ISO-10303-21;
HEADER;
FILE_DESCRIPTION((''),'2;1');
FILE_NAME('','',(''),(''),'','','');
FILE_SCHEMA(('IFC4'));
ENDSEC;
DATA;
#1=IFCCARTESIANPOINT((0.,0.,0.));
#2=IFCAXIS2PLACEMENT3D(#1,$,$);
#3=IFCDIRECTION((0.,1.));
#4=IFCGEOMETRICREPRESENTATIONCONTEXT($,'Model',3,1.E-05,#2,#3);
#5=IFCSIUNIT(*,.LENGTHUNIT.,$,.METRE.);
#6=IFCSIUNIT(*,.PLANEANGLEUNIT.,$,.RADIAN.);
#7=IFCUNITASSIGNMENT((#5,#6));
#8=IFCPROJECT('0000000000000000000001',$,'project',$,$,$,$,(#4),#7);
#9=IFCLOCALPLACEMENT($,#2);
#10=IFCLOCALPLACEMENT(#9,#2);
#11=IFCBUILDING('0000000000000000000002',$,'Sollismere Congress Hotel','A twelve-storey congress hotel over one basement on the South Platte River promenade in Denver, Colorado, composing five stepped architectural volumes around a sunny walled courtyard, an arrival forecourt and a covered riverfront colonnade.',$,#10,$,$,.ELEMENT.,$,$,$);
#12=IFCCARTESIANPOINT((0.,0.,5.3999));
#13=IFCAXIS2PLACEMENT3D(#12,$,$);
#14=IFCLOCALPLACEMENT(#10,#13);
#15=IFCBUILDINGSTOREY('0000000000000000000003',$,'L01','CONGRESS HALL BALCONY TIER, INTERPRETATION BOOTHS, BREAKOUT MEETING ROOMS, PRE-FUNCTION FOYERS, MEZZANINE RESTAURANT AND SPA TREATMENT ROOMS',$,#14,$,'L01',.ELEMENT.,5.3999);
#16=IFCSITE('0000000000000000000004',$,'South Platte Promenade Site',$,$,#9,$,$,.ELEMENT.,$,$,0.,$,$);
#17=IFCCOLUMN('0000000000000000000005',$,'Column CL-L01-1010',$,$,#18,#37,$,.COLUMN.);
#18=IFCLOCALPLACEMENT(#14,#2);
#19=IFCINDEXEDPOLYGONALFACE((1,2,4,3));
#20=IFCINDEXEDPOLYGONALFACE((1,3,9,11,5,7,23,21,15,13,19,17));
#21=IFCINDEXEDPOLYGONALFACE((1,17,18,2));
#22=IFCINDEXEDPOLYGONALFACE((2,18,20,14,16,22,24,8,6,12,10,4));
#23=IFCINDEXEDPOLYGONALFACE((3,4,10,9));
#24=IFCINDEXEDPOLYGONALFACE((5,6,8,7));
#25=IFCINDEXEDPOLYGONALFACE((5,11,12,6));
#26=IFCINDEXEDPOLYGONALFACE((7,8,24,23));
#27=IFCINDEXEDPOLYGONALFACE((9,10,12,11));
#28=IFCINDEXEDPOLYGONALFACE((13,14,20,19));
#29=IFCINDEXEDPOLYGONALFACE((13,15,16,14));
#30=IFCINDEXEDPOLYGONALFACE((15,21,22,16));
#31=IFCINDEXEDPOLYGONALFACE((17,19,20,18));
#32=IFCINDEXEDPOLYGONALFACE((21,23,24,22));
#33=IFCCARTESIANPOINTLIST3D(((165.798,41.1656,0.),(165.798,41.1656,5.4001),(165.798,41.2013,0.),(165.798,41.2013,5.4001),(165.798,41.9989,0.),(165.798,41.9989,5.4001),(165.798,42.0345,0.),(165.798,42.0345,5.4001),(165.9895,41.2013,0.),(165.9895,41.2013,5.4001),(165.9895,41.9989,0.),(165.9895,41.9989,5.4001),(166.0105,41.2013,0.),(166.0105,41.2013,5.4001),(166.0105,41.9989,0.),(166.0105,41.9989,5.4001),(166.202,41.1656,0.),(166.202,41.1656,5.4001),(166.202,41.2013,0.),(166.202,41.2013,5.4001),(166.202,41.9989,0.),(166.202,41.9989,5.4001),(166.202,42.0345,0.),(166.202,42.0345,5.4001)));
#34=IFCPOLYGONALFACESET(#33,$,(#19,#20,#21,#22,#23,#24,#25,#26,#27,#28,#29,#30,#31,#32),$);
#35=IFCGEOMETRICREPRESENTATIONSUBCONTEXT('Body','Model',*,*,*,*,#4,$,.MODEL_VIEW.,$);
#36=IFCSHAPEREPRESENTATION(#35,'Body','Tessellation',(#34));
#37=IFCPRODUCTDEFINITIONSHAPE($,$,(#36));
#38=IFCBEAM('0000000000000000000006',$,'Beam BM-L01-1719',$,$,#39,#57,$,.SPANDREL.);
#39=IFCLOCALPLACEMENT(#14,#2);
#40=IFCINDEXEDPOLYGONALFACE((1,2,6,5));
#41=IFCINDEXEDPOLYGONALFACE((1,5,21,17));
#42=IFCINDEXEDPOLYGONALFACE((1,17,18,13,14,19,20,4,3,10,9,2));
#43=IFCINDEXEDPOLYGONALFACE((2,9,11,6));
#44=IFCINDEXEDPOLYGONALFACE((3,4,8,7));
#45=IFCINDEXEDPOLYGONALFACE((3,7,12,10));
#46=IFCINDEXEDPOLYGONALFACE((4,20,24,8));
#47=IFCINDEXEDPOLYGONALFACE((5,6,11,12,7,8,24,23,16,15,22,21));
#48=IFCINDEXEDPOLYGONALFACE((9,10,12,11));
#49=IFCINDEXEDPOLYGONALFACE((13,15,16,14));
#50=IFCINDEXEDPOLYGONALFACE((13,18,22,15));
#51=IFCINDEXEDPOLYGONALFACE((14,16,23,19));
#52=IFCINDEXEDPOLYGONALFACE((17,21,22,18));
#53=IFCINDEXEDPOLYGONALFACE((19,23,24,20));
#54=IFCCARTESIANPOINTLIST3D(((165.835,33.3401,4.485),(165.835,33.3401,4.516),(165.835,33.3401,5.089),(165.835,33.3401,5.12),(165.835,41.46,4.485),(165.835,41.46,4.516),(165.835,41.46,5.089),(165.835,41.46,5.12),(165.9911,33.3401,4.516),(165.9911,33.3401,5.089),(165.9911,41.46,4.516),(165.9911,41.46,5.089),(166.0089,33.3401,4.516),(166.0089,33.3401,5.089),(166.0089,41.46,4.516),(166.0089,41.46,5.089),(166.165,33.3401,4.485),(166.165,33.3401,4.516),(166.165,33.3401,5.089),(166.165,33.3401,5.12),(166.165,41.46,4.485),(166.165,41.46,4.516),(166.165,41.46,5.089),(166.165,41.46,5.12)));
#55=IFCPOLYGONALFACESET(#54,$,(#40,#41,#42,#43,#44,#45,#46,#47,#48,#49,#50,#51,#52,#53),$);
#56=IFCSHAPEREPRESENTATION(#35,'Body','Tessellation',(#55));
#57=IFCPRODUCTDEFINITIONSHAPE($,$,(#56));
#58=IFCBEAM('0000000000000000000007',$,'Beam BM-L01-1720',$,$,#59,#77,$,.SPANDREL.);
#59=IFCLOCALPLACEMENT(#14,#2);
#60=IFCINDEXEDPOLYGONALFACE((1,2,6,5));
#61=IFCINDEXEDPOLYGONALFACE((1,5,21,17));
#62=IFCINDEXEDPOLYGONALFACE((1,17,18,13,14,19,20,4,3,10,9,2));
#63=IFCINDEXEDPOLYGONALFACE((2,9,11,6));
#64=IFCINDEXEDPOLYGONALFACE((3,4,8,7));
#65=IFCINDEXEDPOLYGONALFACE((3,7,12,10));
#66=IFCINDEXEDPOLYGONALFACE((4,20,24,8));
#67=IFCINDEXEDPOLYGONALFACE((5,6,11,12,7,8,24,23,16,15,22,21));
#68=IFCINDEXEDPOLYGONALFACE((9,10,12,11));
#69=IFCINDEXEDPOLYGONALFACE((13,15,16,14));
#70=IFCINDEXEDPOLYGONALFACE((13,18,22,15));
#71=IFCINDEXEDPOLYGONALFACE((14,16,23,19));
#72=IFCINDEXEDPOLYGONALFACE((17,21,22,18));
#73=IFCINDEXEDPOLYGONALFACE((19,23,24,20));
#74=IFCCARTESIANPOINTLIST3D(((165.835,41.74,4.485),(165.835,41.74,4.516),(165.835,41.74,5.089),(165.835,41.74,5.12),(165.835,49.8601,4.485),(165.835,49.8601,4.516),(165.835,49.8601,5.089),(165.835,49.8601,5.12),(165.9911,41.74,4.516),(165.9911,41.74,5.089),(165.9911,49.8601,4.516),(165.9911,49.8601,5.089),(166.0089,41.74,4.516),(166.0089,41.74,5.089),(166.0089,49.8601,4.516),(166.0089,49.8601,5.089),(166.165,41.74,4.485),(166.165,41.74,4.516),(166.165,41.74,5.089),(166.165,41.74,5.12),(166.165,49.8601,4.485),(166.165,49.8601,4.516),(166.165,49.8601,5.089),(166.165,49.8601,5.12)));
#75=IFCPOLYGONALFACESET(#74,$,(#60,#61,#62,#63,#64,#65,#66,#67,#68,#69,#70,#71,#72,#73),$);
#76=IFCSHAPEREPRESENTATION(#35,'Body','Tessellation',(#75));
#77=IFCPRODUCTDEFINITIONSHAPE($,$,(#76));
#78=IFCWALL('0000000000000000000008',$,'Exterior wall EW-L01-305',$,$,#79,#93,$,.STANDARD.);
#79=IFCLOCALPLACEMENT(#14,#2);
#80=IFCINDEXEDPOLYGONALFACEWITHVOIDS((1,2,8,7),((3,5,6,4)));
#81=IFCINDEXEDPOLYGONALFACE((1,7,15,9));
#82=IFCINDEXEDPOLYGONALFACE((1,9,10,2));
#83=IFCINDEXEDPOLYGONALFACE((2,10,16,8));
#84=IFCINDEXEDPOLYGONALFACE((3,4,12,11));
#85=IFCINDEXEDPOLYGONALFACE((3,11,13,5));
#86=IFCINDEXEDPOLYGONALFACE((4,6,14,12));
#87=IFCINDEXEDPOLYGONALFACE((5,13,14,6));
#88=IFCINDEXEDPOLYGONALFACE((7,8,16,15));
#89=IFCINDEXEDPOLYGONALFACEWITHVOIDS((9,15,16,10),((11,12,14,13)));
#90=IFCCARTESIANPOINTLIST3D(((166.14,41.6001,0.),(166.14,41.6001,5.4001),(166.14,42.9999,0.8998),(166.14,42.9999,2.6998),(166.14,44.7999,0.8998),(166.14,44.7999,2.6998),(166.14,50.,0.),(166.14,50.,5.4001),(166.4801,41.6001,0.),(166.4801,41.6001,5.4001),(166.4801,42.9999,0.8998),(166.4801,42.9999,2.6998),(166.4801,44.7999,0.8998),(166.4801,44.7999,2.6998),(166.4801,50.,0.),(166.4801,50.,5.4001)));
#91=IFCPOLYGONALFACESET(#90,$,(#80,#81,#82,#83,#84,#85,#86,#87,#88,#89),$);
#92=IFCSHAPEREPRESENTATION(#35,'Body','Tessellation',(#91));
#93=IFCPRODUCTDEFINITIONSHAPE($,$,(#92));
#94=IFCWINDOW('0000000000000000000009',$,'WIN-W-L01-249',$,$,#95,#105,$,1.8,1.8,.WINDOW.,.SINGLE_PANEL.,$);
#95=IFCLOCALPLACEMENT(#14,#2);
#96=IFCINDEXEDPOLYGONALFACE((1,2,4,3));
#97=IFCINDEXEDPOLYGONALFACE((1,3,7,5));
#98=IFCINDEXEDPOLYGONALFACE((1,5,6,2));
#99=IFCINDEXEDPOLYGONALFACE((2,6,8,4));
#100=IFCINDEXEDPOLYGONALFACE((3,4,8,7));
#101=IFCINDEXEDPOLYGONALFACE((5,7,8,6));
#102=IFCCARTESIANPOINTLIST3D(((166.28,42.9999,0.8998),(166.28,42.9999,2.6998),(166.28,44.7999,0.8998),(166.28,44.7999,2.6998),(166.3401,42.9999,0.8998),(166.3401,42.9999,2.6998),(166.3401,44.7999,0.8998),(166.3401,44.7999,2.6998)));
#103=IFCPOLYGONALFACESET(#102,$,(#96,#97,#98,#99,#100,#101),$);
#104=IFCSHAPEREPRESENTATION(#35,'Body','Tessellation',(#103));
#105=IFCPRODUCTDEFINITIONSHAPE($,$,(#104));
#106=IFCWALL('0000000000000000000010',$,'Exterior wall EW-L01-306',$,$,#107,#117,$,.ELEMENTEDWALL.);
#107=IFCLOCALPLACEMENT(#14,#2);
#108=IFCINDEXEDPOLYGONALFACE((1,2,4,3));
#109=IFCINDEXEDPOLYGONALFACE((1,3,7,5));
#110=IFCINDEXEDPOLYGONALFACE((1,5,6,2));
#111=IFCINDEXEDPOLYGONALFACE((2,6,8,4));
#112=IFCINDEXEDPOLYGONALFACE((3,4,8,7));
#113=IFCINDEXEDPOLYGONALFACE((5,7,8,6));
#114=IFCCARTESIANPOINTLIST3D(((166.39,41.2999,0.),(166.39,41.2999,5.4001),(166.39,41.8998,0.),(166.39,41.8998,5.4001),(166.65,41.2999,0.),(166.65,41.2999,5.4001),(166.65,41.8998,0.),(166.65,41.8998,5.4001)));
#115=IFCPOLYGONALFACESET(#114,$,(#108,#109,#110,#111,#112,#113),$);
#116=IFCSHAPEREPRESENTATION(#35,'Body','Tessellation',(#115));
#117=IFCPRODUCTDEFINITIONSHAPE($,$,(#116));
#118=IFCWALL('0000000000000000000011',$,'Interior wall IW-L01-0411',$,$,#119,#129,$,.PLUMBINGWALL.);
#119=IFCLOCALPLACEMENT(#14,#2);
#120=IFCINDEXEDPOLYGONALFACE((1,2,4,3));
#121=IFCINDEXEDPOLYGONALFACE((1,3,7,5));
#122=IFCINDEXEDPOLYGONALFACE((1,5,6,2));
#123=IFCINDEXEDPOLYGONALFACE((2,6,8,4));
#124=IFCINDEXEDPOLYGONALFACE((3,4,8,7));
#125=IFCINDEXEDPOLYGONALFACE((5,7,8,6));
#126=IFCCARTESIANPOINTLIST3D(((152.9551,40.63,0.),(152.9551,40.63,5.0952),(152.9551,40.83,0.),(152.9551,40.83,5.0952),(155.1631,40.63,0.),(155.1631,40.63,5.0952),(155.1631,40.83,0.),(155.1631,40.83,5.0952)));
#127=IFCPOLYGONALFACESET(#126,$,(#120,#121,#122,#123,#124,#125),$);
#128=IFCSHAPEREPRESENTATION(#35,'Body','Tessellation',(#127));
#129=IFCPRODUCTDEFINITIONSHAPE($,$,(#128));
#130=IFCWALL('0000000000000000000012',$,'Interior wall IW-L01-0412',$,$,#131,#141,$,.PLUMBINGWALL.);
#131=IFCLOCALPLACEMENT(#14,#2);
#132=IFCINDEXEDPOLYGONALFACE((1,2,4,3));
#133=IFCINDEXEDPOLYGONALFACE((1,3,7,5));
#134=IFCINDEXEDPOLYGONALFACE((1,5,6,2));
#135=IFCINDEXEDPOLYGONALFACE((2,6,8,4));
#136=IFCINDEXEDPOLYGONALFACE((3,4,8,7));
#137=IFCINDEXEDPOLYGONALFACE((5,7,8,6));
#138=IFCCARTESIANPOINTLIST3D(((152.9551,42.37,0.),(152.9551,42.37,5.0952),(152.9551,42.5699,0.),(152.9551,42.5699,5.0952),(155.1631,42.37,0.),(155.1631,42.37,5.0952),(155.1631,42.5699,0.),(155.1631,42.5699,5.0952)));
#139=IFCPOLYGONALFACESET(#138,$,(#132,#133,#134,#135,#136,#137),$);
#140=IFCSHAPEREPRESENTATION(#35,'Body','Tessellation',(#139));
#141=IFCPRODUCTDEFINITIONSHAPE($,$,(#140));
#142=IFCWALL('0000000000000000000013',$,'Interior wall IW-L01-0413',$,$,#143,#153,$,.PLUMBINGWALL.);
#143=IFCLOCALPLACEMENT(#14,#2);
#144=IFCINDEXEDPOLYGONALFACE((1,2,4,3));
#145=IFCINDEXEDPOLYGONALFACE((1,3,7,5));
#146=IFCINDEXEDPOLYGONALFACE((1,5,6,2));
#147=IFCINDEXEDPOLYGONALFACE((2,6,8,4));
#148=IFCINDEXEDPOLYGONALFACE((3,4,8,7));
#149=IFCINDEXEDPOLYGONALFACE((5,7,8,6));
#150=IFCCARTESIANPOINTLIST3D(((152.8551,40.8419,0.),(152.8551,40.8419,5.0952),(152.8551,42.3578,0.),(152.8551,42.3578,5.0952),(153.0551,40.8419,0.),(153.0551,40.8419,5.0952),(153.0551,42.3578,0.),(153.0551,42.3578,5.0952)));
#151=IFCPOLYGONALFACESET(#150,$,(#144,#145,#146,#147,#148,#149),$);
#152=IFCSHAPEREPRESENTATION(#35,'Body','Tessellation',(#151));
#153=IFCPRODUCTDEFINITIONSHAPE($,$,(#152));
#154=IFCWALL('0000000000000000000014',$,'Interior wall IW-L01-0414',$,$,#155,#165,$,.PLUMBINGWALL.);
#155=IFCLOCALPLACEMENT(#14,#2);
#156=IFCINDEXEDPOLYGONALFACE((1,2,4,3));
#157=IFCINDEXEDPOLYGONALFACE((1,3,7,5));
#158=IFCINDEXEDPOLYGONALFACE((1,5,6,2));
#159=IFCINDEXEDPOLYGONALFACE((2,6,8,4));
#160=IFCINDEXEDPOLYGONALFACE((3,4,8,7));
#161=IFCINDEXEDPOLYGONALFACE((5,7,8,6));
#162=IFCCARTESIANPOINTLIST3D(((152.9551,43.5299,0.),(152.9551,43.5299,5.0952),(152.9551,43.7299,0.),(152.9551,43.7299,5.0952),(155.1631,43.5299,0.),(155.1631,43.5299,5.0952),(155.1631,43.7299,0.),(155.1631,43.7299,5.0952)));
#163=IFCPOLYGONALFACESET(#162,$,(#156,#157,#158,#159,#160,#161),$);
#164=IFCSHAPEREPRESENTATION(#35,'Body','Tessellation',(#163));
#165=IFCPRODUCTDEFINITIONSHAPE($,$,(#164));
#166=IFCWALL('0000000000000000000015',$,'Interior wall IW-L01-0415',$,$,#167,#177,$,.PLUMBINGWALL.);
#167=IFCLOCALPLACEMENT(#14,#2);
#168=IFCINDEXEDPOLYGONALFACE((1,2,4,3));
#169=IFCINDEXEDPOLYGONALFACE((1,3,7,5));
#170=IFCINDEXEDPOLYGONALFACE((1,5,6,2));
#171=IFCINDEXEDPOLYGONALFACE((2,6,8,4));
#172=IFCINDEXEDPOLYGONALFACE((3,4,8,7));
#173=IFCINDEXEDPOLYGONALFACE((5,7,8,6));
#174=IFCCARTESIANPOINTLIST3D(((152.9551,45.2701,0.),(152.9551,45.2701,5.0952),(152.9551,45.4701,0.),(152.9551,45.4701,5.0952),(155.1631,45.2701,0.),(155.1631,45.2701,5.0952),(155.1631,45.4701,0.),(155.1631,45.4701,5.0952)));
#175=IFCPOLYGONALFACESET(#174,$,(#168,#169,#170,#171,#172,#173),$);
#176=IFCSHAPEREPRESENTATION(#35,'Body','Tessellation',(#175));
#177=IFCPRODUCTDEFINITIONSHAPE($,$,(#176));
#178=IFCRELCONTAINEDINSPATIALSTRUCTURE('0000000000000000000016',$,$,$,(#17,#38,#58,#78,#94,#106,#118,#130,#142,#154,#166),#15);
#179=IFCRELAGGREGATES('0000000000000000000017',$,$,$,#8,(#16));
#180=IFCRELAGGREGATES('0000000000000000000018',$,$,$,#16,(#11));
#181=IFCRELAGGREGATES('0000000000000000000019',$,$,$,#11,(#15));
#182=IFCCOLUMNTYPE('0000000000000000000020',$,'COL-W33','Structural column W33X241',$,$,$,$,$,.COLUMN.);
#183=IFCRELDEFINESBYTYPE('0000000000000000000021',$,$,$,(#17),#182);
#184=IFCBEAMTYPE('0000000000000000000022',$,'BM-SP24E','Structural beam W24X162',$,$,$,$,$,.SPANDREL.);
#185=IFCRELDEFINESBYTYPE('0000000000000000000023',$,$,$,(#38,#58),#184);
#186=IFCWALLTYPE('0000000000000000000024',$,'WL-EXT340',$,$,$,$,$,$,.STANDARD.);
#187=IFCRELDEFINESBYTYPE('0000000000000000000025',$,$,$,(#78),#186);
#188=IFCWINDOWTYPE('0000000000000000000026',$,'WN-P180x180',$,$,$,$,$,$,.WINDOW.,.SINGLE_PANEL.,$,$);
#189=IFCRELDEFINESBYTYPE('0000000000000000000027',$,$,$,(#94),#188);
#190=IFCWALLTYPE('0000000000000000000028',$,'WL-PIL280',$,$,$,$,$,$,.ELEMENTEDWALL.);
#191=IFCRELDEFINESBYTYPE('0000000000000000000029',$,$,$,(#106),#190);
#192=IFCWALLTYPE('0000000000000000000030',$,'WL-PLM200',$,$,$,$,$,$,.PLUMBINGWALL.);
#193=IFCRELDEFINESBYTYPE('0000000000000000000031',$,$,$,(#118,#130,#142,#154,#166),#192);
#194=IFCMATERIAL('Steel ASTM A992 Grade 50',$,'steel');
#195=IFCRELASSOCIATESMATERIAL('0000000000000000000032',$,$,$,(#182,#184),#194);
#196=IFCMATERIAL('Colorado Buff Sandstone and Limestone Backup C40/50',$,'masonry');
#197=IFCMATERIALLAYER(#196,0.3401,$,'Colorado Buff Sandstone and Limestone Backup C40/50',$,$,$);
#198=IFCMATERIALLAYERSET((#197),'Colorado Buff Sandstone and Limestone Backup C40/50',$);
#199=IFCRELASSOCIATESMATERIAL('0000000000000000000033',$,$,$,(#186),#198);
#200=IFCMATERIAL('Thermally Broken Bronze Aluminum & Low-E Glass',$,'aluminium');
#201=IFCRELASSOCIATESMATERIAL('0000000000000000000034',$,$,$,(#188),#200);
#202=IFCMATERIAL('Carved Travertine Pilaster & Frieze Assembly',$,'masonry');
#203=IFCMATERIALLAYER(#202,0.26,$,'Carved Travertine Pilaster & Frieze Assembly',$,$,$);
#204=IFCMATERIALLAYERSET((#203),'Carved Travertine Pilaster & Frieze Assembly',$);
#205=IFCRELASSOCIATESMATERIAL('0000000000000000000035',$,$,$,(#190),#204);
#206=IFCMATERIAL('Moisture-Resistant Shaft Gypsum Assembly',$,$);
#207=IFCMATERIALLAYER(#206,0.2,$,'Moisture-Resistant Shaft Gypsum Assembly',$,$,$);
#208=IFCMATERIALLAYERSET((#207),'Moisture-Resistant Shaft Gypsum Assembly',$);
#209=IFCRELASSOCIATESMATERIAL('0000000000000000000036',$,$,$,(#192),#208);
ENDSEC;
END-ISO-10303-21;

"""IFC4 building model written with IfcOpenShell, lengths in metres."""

from ifc_helpers import new_model, si_unit, direction, frame, frame_2d, origin, origin_2d, place, context, subcontext, project, spatial, rectangle, i_section, extrude, material, layer, layer_set, material_profile, profile_set, type_object, element, fill, save


model = new_model("IFC4")

# Units and contexts
model_context = context("Model", 3, precision=1e-05, world=origin(), true_north=direction((0.0, 1.0)))
body_context = subcontext(model_context, "Body", "Model", "MODEL_VIEW")
ifc_project = project(units=[si_unit("LENGTHUNIT", "METRE"), si_unit("PLANEANGLEUNIT", "RADIAN")], contexts=[model_context])

# Site, building, storey
site_placement = place(None, origin())
site = spatial("IfcSite", under=ifc_project, at=site_placement, Name="South Platte Promenade Site", CompositionType="ELEMENT", RefElevation=0.0)
building_placement = place(site_placement, origin())
building = spatial("IfcBuilding", under=site, at=building_placement, Name="Sollismere Congress Hotel", Description="A twelve-storey congress hotel over one basement on the South Platte River promenade in Denver, Colorado, composing five stepped architectural volumes around a sunny walled courtyard, an arrival forecourt and a covered riverfront colonnade.", CompositionType="ELEMENT")
storey_placement = place(building_placement, frame((0.0, 0.0, 5.3999)))
storey = spatial("IfcBuildingStorey", under=building, at=storey_placement, Name="L01", Description="CONGRESS HALL BALCONY TIER, INTERPRETATION BOOTHS, BREAKOUT MEETING ROOMS, PRE-FUNCTION FOYERS, MEZZANINE RESTAURANT AND SPA TREATMENT ROOMS", LongName="L01", CompositionType="ELEMENT", Elevation=5.3999)

# Column
ifc_material_1 = material(Name="Steel ASTM A992 Grade 50", Category="steel")
ifc_material_profile_1 = material_profile(ifc_material_1, i_section(OverallWidth=0.4041, OverallDepth=0.8689, WebThickness=0.021, FlangeThickness=0.0356, at=origin_2d()), Name="W33X241")
ifc_profile_set_1 = profile_set([ifc_material_profile_1], Name="Steel ASTM A992 Grade 50")
column_type = type_object("IfcColumnType", Name="COL-W33", Description="Structural column W33X241", PredefinedType="COLUMN", material=ifc_profile_set_1)
column_placement = place(storey_placement, frame((166.0, 41.6001, 0.0), z_axis=(0.0, 0.0, 1.0), x_axis=(1.0, 0.0, 0.0)))
element("IfcColumn", 1, at=column_placement, inside=storey, type_object=column_type, Name="Column CL-L01-1010", PredefinedType="COLUMN", context=body_context, shape_type="SweptSolid", body=[
    extrude(i_section(OverallWidth=0.4041, OverallDepth=0.8689, WebThickness=0.021, FlangeThickness=0.0356, at=origin_2d()), origin(), (0.0, 0.0, 1.0), 5.4001),
])

# Beams
ifc_material_profile_2 = material_profile(ifc_material_1, i_section(OverallWidth=0.3301, OverallDepth=0.635, WebThickness=0.0178, FlangeThickness=0.031, at=origin_2d()), Name="W24X162")
ifc_profile_set_2 = profile_set([ifc_material_profile_2], Name="Steel ASTM A992 Grade 50")
beam_type = type_object("IfcBeamType", Name="BM-SP24E", Description="Structural beam W24X162", PredefinedType="SPANDREL", material=ifc_profile_set_2)
beam_1_placement = place(storey_placement, frame((166.0, 33.3401, 4.8025), z_axis=(0.0, 1.0, 0.0), x_axis=(-1.0, 0.0, 0.0)))
element("IfcBeam", 2, at=beam_1_placement, inside=storey, type_object=beam_type, Name="Beam BM-L01-1719", PredefinedType="SPANDREL", context=body_context, shape_type="SweptSolid", body=[
    extrude(i_section(OverallWidth=0.3301, OverallDepth=0.635, WebThickness=0.0178, FlangeThickness=0.031, at=origin_2d()), origin(), (0.0, 0.0, 1.0), 8.1199),
])
beam_2_placement = place(storey_placement, frame((166.0, 41.74, 4.8025), z_axis=(0.0, 1.0, 0.0), x_axis=(-1.0, 0.0, 0.0)))
element("IfcBeam", 3, at=beam_2_placement, inside=storey, type_object=beam_type, Name="Beam BM-L01-1720", PredefinedType="SPANDREL", context=body_context, shape_type="SweptSolid", body=[
    extrude(i_section(OverallWidth=0.3301, OverallDepth=0.635, WebThickness=0.0178, FlangeThickness=0.031, at=origin_2d()), origin(), (0.0, 0.0, 1.0), 8.1201),
])

# Wall, opening, window
ifc_material_2 = material(Name="Colorado Buff Sandstone and Limestone Backup C40/50", Category="masonry")
ifc_layer_1 = layer(ifc_material_2, 0.3401, Name="Colorado Buff Sandstone and Limestone Backup C40/50")
ifc_layer_set_1 = layer_set([ifc_layer_1], Name="Colorado Buff Sandstone and Limestone Backup C40/50")
wall_type_1 = type_object("IfcWallType", Name="WL-EXT340", PredefinedType="STANDARD", material=ifc_layer_set_1)
wall_1_placement = place(storey_placement, frame((166.3101, 41.6001, 0.0), z_axis=(0.0, 0.0, 1.0), x_axis=(0.0, 1.0, 0.0)))
wall_1 = element("IfcWall", 4, at=wall_1_placement, inside=storey, type_object=wall_type_1, Name="Exterior wall EW-L01-305", PredefinedType="STANDARD", context=body_context, shape_type="SweptSolid", body=[
    extrude(rectangle(XDim=8.3999, YDim=0.3401, at=frame_2d((4.2, 0.0))), origin(), (0.0, 0.0, 1.0), 5.4001),
])
opening_1_placement = place(wall_1_placement, frame((1.3999, 0.0, 0.8999)))
opening_1 = element("IfcOpeningElement", 5, at=opening_1_placement, cuts=wall_1, PredefinedType="OPENING", context=body_context, shape_type="SweptSolid", body=[
    extrude(rectangle(XDim=1.8, YDim=1.8, at=frame_2d((0.8999, 0.8999))), frame((0.0, 0.1799, 0.0), z_axis=(0.0, -1.0, 0.0), x_axis=(1.0, 0.0, 0.0)), (0.0, 0.0, 1.0), 0.3601),
])
ifc_material_3 = material(Name="Thermally Broken Bronze Aluminum & Low-E Glass", Category="aluminium")
window_type = type_object("IfcWindowType", Name="WN-P180x180", PartitioningType="SINGLE_PANEL", PredefinedType="WINDOW", material=ifc_material_3)
window_placement = place(opening_1_placement, origin())
window = element("IfcWindow", 6, at=window_placement, inside=storey, type_object=window_type, Name="WIN-W-L01-249", OverallHeight=1.8, OverallWidth=1.8, PartitioningType="SINGLE_PANEL", PredefinedType="WINDOW", context=body_context, shape_type="SweptSolid", body=[
    extrude(rectangle(XDim=1.8, YDim=1.8, at=frame_2d((0.8999, 0.8999))), frame((0.0, 0.03, 0.0), z_axis=(0.0, -1.0, 0.0), x_axis=(1.0, 0.0, 0.0)), (0.0, 0.0, 1.0), 0.0601),
])
fill(opening_1, window)

# Walls
ifc_material_4 = material(Name="Carved Travertine Pilaster & Frieze Assembly", Category="masonry")
ifc_layer_2 = layer(ifc_material_4, 0.26, Name="Carved Travertine Pilaster & Frieze Assembly")
ifc_layer_set_2 = layer_set([ifc_layer_2], Name="Carved Travertine Pilaster & Frieze Assembly")
wall_type_2 = type_object("IfcWallType", Name="WL-PIL280", PredefinedType="ELEMENTEDWALL", material=ifc_layer_set_2)
wall_2_placement = place(storey_placement, frame((166.52, 41.3, 0.0), z_axis=(0.0, 0.0, 1.0), x_axis=(0.0, 1.0, 0.0)))
element("IfcWall", 7, at=wall_2_placement, inside=storey, type_object=wall_type_2, Name="Exterior wall EW-L01-306", PredefinedType="ELEMENTEDWALL", context=body_context, shape_type="SweptSolid", body=[
    extrude(rectangle(XDim=0.5999, YDim=0.26, at=frame_2d((0.2998, 0.0))), origin(), (0.0, 0.0, 1.0), 5.4001),
])
ifc_material_5 = material(Name="Moisture-Resistant Shaft Gypsum Assembly")
ifc_layer_3 = layer(ifc_material_5, 0.2, Name="Moisture-Resistant Shaft Gypsum Assembly")
ifc_layer_set_3 = layer_set([ifc_layer_3], Name="Moisture-Resistant Shaft Gypsum Assembly")
wall_type_3 = type_object("IfcWallType", Name="WL-PLM200", PredefinedType="PLUMBINGWALL", material=ifc_layer_set_3)
for number, where, z_axis, x_axis, name in (
    (8, (152.9551, 40.73, 0.0), (0.0, 0.0, 1.0), (1.0, 0.0, 0.0), "Interior wall IW-L01-0411"),
    (9, (152.9551, 42.47, 0.0), (0.0, 0.0, 1.0), (1.0, 0.0, 0.0), "Interior wall IW-L01-0412"),
):
    element("IfcWall", number, at=place(storey_placement, frame(where, z_axis=z_axis, x_axis=x_axis)), inside=storey, type_object=wall_type_3, Name=name, PredefinedType="PLUMBINGWALL", context=body_context, shape_type="SweptSolid", body=[
        extrude(rectangle(XDim=2.208, YDim=0.2, at=frame_2d((1.104, 0.0))), origin(), (0.0, 0.0, 1.0), 5.0952),
    ])
wall_3_placement = place(storey_placement, frame((152.9551, 40.842, 0.0), z_axis=(0.0, 0.0, 1.0), x_axis=(0.0, 1.0, 0.0)))
element("IfcWall", 10, at=wall_3_placement, inside=storey, type_object=wall_type_3, Name="Interior wall IW-L01-0413", PredefinedType="PLUMBINGWALL", context=body_context, shape_type="SweptSolid", body=[
    extrude(rectangle(XDim=1.5159, YDim=0.2, at=frame_2d((0.7578, 0.0))), origin(), (0.0, 0.0, 1.0), 5.0952),
])
for number, where, z_axis, x_axis, name in (
    (11, (152.9551, 43.6299, 0.0), (0.0, 0.0, 1.0), (1.0, 0.0, 0.0), "Interior wall IW-L01-0414"),
    (12, (152.9551, 45.3701, 0.0), (0.0, 0.0, 1.0), (1.0, 0.0, 0.0), "Interior wall IW-L01-0415"),
):
    element("IfcWall", number, at=place(storey_placement, frame(where, z_axis=z_axis, x_axis=x_axis)), inside=storey, type_object=wall_type_3, Name=name, PredefinedType="PLUMBINGWALL", context=body_context, shape_type="SweptSolid", body=[
        extrude(rectangle(XDim=2.208, YDim=0.2, at=frame_2d((1.104, 0.0))), origin(), (0.0, 0.0, 1.0), 5.0952),
    ])

save(model, "model.ifc")
